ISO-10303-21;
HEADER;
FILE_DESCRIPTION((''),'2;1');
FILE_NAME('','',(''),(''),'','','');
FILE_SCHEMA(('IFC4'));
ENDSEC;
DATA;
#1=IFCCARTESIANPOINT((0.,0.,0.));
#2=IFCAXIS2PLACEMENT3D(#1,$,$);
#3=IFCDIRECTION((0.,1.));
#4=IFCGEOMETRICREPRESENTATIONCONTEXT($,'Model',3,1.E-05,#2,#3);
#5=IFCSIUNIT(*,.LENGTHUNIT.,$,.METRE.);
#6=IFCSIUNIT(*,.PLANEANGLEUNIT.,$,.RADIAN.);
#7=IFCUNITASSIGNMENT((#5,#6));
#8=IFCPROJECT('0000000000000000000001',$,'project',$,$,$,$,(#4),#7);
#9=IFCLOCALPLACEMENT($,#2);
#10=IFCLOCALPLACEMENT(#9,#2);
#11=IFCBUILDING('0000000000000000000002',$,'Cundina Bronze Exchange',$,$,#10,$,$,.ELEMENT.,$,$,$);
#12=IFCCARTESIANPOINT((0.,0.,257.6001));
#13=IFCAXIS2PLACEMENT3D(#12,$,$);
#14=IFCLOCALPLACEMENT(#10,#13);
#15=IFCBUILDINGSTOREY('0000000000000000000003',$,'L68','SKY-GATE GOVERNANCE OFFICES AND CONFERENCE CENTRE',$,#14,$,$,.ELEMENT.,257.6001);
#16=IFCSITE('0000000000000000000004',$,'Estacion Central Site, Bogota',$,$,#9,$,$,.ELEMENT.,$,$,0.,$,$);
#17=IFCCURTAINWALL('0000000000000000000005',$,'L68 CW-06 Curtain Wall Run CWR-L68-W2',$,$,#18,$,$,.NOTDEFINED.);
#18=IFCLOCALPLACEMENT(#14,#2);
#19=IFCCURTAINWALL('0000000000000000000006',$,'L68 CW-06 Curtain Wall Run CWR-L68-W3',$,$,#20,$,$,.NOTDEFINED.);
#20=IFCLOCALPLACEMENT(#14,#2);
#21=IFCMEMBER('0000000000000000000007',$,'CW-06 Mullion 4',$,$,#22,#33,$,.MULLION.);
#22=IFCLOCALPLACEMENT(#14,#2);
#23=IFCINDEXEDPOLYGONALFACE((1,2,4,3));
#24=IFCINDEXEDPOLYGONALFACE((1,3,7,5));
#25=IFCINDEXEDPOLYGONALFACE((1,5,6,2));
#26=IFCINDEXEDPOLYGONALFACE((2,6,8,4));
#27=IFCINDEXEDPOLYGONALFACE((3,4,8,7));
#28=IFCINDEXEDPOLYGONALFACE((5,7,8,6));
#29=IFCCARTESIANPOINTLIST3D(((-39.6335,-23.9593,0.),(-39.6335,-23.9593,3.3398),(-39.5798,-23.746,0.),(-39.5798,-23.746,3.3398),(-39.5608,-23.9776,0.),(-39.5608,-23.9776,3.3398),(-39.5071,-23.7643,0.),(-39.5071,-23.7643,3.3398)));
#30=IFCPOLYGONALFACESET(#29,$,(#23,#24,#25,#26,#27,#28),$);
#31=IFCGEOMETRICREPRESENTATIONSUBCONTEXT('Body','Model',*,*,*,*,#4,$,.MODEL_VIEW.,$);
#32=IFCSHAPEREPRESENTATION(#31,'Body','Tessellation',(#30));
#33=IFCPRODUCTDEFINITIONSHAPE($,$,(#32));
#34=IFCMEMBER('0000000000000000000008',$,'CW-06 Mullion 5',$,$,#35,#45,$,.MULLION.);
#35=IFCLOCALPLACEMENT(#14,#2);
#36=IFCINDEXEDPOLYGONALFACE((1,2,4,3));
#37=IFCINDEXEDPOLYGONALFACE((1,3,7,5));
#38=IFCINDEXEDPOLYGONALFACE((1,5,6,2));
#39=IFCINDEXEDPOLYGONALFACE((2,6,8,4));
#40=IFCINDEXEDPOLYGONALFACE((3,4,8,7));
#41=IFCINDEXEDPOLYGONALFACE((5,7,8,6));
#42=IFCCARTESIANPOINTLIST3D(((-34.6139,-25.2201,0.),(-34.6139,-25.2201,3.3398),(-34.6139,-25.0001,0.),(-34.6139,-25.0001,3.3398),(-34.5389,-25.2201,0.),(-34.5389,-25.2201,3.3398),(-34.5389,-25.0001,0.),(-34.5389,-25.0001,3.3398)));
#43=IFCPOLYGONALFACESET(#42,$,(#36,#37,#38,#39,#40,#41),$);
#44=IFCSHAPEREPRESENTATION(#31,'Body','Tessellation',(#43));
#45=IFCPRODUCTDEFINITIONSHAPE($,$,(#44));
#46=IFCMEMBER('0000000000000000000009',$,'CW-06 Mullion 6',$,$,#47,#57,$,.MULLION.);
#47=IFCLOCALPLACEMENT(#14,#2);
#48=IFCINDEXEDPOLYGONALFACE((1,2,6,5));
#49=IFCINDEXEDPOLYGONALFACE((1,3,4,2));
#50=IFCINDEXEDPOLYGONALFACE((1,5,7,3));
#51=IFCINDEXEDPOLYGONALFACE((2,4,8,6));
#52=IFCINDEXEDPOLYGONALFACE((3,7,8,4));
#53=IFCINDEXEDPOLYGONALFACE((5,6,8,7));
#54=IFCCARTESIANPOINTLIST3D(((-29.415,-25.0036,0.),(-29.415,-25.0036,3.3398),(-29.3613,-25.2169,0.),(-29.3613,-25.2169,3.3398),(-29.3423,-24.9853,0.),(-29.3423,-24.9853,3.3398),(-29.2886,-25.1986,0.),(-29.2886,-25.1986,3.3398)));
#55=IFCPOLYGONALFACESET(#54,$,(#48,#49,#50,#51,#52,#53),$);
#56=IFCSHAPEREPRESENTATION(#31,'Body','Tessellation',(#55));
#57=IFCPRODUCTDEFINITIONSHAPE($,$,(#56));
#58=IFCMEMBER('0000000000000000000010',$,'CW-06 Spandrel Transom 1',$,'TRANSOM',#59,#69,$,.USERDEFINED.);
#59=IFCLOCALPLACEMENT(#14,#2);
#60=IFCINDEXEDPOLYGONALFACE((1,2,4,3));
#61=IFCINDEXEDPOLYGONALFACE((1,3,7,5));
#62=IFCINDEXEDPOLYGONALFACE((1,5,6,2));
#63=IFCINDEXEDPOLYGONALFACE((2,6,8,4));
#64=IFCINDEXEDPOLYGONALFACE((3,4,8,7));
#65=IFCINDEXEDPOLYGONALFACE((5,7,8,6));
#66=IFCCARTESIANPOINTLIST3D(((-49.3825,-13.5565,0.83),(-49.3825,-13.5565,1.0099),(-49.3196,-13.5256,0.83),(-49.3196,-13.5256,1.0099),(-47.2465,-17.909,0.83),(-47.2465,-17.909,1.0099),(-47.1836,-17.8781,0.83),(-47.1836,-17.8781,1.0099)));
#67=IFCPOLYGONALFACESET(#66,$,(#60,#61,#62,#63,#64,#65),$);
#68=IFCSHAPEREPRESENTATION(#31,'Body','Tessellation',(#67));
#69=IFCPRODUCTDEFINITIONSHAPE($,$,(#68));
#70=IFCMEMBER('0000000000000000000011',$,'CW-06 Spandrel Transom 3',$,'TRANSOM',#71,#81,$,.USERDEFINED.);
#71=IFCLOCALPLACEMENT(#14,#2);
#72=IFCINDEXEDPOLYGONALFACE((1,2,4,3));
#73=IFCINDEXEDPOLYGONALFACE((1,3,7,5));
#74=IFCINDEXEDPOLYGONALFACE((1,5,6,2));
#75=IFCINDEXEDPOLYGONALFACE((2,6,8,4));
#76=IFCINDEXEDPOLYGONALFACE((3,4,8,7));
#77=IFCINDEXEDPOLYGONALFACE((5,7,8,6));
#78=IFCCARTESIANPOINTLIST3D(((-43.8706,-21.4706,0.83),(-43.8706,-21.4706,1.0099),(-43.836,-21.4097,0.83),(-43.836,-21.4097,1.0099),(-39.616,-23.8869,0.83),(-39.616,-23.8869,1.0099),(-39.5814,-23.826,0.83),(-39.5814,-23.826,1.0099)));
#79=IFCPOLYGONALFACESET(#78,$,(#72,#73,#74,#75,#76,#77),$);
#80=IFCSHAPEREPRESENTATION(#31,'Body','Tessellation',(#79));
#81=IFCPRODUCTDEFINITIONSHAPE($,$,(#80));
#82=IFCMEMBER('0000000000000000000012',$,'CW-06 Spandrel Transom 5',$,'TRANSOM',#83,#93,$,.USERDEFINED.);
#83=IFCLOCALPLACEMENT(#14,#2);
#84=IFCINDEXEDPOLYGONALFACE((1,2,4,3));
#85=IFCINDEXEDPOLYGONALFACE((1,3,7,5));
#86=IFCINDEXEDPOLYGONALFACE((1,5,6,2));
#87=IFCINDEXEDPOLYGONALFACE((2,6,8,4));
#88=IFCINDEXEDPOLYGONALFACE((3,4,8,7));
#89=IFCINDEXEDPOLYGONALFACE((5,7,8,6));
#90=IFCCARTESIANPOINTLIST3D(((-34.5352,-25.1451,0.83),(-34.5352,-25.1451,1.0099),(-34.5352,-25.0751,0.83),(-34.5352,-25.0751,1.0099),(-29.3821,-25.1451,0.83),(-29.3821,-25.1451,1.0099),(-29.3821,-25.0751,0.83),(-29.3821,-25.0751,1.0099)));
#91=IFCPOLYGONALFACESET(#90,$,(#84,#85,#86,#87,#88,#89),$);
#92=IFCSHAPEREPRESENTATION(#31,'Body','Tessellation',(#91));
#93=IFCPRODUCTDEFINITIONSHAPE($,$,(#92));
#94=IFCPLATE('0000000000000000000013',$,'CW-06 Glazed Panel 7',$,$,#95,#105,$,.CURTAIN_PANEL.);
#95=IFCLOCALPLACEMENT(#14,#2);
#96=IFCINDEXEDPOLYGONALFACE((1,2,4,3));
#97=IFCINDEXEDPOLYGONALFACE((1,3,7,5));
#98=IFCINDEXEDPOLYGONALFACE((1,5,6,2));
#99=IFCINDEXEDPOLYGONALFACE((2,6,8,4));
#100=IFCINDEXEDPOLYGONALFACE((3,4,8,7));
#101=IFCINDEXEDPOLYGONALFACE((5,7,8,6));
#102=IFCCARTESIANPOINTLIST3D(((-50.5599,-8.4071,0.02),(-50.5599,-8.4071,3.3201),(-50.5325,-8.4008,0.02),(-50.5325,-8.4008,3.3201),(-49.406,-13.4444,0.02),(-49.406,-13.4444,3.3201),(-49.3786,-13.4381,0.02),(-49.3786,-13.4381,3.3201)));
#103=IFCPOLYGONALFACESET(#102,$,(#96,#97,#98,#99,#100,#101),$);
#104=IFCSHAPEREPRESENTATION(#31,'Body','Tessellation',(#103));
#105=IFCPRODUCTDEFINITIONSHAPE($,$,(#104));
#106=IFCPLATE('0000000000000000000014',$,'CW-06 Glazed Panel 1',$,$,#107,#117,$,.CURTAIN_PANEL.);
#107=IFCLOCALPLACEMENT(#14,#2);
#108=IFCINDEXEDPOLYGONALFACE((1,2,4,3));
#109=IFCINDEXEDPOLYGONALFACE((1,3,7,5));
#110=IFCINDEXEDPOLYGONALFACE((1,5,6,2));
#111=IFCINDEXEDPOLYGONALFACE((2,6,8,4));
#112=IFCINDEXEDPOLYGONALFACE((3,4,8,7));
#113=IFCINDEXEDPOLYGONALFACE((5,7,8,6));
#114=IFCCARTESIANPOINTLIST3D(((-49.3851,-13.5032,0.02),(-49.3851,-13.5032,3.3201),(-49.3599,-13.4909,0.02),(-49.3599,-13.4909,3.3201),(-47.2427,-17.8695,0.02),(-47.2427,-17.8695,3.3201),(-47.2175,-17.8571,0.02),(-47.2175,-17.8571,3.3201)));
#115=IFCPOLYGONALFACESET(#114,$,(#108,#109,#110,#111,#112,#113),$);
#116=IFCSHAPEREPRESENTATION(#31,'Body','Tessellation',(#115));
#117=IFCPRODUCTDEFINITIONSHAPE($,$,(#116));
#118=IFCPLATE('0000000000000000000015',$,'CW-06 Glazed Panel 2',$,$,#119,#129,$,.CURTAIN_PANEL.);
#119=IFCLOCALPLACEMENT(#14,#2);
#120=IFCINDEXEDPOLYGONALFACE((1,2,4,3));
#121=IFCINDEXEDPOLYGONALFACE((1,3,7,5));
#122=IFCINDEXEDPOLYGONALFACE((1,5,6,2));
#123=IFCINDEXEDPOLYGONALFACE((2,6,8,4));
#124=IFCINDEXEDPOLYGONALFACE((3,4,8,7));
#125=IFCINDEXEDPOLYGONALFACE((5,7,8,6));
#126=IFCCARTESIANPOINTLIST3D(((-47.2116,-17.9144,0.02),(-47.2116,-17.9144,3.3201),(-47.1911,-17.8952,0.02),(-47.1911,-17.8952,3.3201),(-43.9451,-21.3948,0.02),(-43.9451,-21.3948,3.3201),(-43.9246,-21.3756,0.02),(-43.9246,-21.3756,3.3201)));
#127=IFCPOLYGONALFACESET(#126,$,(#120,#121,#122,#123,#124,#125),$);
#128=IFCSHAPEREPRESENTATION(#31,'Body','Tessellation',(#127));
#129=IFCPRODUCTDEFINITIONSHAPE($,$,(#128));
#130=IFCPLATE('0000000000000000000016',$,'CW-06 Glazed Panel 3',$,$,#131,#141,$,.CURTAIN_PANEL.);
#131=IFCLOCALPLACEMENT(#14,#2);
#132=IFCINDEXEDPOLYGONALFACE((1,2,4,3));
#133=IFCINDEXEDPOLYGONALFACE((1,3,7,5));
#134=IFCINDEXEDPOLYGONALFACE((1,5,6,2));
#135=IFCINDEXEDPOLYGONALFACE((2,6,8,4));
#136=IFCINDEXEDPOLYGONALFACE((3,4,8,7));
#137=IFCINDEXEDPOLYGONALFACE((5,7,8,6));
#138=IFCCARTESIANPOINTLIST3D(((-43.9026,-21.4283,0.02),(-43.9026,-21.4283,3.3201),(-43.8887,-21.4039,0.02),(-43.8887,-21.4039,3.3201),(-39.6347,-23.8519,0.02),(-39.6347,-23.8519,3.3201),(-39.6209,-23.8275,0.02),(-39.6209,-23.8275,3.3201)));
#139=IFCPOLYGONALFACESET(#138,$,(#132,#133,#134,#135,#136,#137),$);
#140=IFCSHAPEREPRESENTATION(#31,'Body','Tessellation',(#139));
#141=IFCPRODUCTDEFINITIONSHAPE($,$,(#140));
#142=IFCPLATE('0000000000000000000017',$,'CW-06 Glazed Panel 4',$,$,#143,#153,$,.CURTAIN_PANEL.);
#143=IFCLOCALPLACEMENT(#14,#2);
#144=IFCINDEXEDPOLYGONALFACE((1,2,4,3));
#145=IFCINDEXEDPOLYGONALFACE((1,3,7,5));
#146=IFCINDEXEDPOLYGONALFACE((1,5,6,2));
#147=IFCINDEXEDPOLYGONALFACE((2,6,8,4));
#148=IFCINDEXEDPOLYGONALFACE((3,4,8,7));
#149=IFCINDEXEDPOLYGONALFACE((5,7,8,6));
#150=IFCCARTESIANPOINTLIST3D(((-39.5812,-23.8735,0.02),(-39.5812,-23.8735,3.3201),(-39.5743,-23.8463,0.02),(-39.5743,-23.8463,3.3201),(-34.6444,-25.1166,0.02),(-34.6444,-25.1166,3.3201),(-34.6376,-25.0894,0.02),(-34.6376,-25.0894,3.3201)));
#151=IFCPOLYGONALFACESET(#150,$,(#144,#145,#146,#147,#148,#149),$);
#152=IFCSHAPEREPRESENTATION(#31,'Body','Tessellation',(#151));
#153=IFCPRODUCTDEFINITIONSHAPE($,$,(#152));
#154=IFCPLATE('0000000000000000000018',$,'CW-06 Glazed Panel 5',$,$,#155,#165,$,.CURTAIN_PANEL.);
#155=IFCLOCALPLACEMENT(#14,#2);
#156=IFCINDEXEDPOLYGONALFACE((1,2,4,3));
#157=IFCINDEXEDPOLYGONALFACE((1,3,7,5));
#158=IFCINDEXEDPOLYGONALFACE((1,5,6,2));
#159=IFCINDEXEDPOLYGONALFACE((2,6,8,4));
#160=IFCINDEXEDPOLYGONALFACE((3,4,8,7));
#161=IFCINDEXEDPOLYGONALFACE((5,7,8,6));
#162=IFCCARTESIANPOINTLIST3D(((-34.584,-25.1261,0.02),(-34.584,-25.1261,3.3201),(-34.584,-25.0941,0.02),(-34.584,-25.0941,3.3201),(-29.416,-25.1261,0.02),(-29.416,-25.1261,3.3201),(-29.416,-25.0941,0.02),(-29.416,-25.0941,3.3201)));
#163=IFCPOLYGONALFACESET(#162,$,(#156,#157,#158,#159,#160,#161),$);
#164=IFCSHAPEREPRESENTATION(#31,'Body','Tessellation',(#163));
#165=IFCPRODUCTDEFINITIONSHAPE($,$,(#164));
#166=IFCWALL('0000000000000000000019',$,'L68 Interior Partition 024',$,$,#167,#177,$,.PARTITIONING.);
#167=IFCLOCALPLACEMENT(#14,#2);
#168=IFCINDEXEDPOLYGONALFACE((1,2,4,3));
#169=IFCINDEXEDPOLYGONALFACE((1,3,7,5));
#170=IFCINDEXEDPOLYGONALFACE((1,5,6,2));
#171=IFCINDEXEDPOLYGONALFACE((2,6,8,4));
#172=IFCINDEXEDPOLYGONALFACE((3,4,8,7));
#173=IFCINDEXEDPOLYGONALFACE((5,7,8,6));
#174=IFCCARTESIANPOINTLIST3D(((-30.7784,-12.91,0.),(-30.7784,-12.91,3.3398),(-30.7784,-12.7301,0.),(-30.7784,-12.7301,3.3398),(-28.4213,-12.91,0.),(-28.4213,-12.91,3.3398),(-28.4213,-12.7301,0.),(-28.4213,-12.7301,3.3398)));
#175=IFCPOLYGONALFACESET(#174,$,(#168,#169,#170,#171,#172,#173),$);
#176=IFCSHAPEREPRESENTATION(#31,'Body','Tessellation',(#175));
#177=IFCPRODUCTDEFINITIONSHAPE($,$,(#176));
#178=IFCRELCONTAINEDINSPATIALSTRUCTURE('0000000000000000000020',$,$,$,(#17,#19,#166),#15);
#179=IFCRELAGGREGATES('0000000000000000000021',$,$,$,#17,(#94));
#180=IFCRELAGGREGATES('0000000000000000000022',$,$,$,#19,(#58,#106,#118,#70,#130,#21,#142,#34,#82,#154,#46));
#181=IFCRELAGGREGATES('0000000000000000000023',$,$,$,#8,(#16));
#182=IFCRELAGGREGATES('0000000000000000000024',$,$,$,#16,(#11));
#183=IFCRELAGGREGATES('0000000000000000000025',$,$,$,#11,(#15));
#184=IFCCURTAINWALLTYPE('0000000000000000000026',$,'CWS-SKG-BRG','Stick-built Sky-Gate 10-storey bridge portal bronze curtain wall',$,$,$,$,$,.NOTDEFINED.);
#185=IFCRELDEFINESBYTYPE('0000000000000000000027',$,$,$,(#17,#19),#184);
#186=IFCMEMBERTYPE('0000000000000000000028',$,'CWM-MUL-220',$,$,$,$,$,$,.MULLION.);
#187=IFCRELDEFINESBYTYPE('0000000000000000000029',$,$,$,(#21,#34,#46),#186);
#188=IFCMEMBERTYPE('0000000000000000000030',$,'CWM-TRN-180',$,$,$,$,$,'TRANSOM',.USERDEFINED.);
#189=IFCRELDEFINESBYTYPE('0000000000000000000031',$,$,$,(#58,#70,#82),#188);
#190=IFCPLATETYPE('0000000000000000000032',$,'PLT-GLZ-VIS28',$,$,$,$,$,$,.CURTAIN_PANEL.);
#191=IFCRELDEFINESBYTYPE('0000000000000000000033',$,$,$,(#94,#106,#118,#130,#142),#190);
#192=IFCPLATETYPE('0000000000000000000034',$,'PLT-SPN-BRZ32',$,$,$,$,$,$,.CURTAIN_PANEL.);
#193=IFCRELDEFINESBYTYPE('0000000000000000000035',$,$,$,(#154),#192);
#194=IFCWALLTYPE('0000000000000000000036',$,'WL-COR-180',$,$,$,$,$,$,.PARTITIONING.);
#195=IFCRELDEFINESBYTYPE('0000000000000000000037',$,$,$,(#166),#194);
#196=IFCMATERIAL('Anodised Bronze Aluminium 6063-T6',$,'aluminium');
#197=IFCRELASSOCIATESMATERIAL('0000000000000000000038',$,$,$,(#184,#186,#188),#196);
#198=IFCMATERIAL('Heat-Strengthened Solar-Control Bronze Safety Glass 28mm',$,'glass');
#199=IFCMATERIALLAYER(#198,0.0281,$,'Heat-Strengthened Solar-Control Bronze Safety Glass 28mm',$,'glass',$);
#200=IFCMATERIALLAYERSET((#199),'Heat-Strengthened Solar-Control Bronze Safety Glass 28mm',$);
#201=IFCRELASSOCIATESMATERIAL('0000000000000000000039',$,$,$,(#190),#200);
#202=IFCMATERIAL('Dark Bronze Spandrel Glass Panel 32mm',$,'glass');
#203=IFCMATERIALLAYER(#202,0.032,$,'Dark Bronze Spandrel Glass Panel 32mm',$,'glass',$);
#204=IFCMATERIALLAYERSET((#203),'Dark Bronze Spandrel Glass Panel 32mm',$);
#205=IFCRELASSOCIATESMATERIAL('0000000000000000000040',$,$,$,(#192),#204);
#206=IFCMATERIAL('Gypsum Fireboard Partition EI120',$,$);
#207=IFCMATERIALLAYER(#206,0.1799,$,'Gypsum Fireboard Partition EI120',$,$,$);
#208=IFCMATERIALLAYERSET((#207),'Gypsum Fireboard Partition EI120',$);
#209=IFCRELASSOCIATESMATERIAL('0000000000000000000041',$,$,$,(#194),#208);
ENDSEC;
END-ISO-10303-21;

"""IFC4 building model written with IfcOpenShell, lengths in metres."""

from ifc_helpers import new_model, si_unit, direction, frame, frame_2d, origin, origin_2d, place, context, subcontext, project, spatial, rectangle, extrude, material, layer, layer_set, material_profile, profile_set, type_object, element, aggregate, save


model = new_model("IFC4")

# Units and contexts
model_context = context("Model", 3, precision=1e-05, world=origin(), true_north=direction((0.0, 1.0)))
body_context = subcontext(model_context, "Body", "Model", "MODEL_VIEW")
ifc_project = project(units=[si_unit("LENGTHUNIT", "METRE"), si_unit("PLANEANGLEUNIT", "RADIAN")], contexts=[model_context])

# Site, building, storey
site_placement = place(None, origin())
site = spatial("IfcSite", under=ifc_project, at=site_placement, Name="Estacion Central Site, Bogota", CompositionType="ELEMENT", RefElevation=0.0)
building_placement = place(site_placement, origin())
building = spatial("IfcBuilding", under=site, at=building_placement, Name="Cundina Bronze Exchange", CompositionType="ELEMENT")
storey_placement = place(building_placement, frame((0.0, 0.0, 257.6001)))
storey = spatial("IfcBuildingStorey", under=building, at=storey_placement, Name="L68", Description="SKY-GATE GOVERNANCE OFFICES AND CONFERENCE CENTRE", CompositionType="ELEMENT", Elevation=257.6001)

# Curtain wall
ifc_material_1 = material(Name="Anodised Bronze Aluminium 6063-T6", Category="aluminium")
curtain_wall_type = type_object("IfcCurtainWallType", Name="CWS-SKG-BRG", Description="Stick-built Sky-Gate 10-storey bridge portal bronze curtain wall", PredefinedType="NOTDEFINED", material=ifc_material_1)
curtain_wall_1_placement = place(storey_placement, origin())
curtain_wall_1 = element("IfcCurtainWall", 1, at=curtain_wall_1_placement, inside=storey, type_object=curtain_wall_type, Name="L68 CW-06 Curtain Wall Run CWR-L68-W2", PredefinedType="NOTDEFINED")
ifc_material_profile_1 = material_profile(ifc_material_1, rectangle(XDim=0.075, YDim=0.22, at=origin_2d()), Name="AL75X220", Category="aluminium")
ifc_profile_set_1 = profile_set([ifc_material_profile_1], Name="Anodised Bronze Aluminium 6063-T6")
member_type_1 = type_object("IfcMemberType", Name="CWM-MUL-220", PredefinedType="MULLION", material=ifc_profile_set_1)

# Curtain wall, members
curtain_wall_2_placement = place(storey_placement, origin())
curtain_wall_2 = element("IfcCurtainWall", 2, at=curtain_wall_2_placement, inside=storey, type_object=curtain_wall_type, Name="L68 CW-06 Curtain Wall Run CWR-L68-W3", PredefinedType="NOTDEFINED")
member_1_placement = place(storey_placement, frame((-39.5703, -23.8618, 0.0), z_axis=(0.0, 0.0, 1.0), x_axis=(0.969744, -0.244123, 0.0)))
member_1 = element("IfcMember", 3, at=member_1_placement, type_object=member_type_1, Name="CW-06 Mullion 4", PredefinedType="MULLION", context=body_context, shape_type="SweptSolid", body=[
    extrude(rectangle(XDim=0.075, YDim=0.22, at=origin_2d()), origin(), (0.0, 0.0, 1.0), 3.3398),
])
member_2_placement = place(storey_placement, frame((-34.5764, -25.1101, 0.0), z_axis=(0.0, 0.0, 1.0), x_axis=(1.0, 0.0, 0.0)))
member_2 = element("IfcMember", 4, at=member_2_placement, type_object=member_type_1, Name="CW-06 Mullion 5", PredefinedType="MULLION", context=body_context, shape_type="SweptSolid", body=[
    extrude(rectangle(XDim=0.075, YDim=0.22, at=origin_2d()), origin(), (0.0, 0.0, 1.0), 3.3398),
])
member_3_placement = place(storey_placement, frame((-29.3518, -25.1011, 0.0), z_axis=(0.0, 0.0, 1.0), x_axis=(0.969744, 0.244123, 0.0)))
member_3 = element("IfcMember", 5, at=member_3_placement, type_object=member_type_1, Name="CW-06 Mullion 6", PredefinedType="MULLION", context=body_context, shape_type="SweptSolid", body=[
    extrude(rectangle(XDim=0.075, YDim=0.22, at=origin_2d()), origin(), (0.0, 0.0, 1.0), 3.3398),
])
ifc_material_profile_2 = material_profile(ifc_material_1, rectangle(XDim=0.0701, YDim=0.1799, at=origin_2d()), Name="AL70X180", Category="aluminium")
ifc_profile_set_2 = profile_set([ifc_material_profile_2], Name="Anodised Bronze Aluminium 6063-T6")
member_type_2 = type_object("IfcMemberType", Name="CWM-TRN-180", ElementType="TRANSOM", PredefinedType="USERDEFINED", material=ifc_profile_set_2)
member_4_placement = place(storey_placement, frame((-49.3511, -13.541, 0.9199), z_axis=(0.440554, -0.897726, 0.0), x_axis=(0.897726, 0.440554, 0.0)))
member_4 = element("IfcMember", 6, at=member_4_placement, type_object=member_type_2, Name="CW-06 Spandrel Transom 1", ObjectType="TRANSOM", PredefinedType="USERDEFINED", context=body_context, shape_type="SweptSolid", body=[
    extrude(rectangle(XDim=0.0701, YDim=0.1799, at=origin_2d()), origin(), (0.0, 0.0, 1.0), 4.8484),
])
member_5_placement = place(storey_placement, frame((-43.8533, -21.4402, 0.9199), z_axis=(0.869557, -0.493832, 0.0), x_axis=(0.493832, 0.869557, 0.0)))
member_5 = element("IfcMember", 7, at=member_5_placement, type_object=member_type_2, Name="CW-06 Spandrel Transom 3", ObjectType="TRANSOM", PredefinedType="USERDEFINED", context=body_context, shape_type="SweptSolid", body=[
    extrude(rectangle(XDim=0.0701, YDim=0.1799, at=origin_2d()), origin(), (0.0, 0.0, 1.0), 4.8928),
])
member_6_placement = place(storey_placement, frame((-34.5352, -25.1101, 0.9199), z_axis=(1.0, 0.0, 0.0), x_axis=(0.0, 1.0, 0.0)))
member_6 = element("IfcMember", 8, at=member_6_placement, type_object=member_type_2, Name="CW-06 Spandrel Transom 5", ObjectType="TRANSOM", PredefinedType="USERDEFINED", context=body_context, shape_type="SweptSolid", body=[
    extrude(rectangle(XDim=0.0701, YDim=0.1799, at=origin_2d()), origin(), (0.0, 0.0, 1.0), 5.1531),
])

# Plates
ifc_material_2 = material(Name="Heat-Strengthened Solar-Control Bronze Safety Glass 28mm", Category="glass")
ifc_layer_1 = layer(ifc_material_2, 0.0281, Name="Heat-Strengthened Solar-Control Bronze Safety Glass 28mm", Category="glass")
ifc_layer_set_1 = layer_set([ifc_layer_1], Name="Heat-Strengthened Solar-Control Bronze Safety Glass 28mm")
plate_type_1 = type_object("IfcPlateType", Name="PLT-GLZ-VIS28", PredefinedType="CURTAIN_PANEL", material=ifc_layer_set_1)
plate_1_placement = place(storey_placement, frame((-49.9692, -10.9226, 0.02), z_axis=(0.0, 0.0, 1.0), x_axis=(0.223284, -0.974753, 0.0)))
plate_1 = element("IfcPlate", 9, at=plate_1_placement, type_object=plate_type_1, Name="CW-06 Glazed Panel 7", PredefinedType="CURTAIN_PANEL", context=body_context, shape_type="SweptSolid", body=[
    extrude(rectangle(XDim=5.1677, YDim=0.0281, at=origin_2d()), origin(), (0.0, 0.0, 1.0), 3.3),
])
aggregate(curtain_wall_1, [plate_1])
plate_2_placement = place(storey_placement, frame((-48.3013, -15.6802, 0.02), z_axis=(0.0, 0.0, 1.0), x_axis=(0.440503, -0.897751, 0.0)))
plate_2 = element("IfcPlate", 10, at=plate_2_placement, type_object=plate_type_1, Name="CW-06 Glazed Panel 1", PredefinedType="CURTAIN_PANEL", context=body_context, shape_type="SweptSolid", body=[
    extrude(rectangle(XDim=4.8635, YDim=0.0281, at=origin_2d()), origin(), (0.0, 0.0, 1.0), 3.3),
])
plate_3_placement = place(storey_placement, frame((-45.5681, -19.645, 0.02), z_axis=(0.0, 0.0, 1.0), x_axis=(0.684344, -0.72916, 0.0)))
plate_3 = element("IfcPlate", 11, at=plate_3_placement, type_object=plate_type_1, Name="CW-06 Glazed Panel 2", PredefinedType="CURTAIN_PANEL", context=body_context, shape_type="SweptSolid", body=[
    extrude(rectangle(XDim=4.7732, YDim=0.0281, at=origin_2d()), origin(), (0.0, 0.0, 1.0), 3.3),
])
plate_4_placement = place(storey_placement, frame((-41.7617, -22.6279, 0.02), z_axis=(0.0, 0.0, 1.0), x_axis=(0.869573, -0.493805, 0.0)))
plate_4 = element("IfcPlate", 12, at=plate_4_placement, type_object=plate_type_1, Name="CW-06 Glazed Panel 3", PredefinedType="CURTAIN_PANEL", context=body_context, shape_type="SweptSolid", body=[
    extrude(rectangle(XDim=4.908, YDim=0.0281, at=origin_2d()), origin(), (0.0, 0.0, 1.0), 3.3),
])
plate_5_placement = place(storey_placement, frame((-37.1094, -24.4814, 0.02), z_axis=(0.0, 0.0, 1.0), x_axis=(0.969732, -0.244174, 0.0)))
plate_5 = element("IfcPlate", 13, at=plate_5_placement, type_object=plate_type_1, Name="CW-06 Glazed Panel 4", PredefinedType="CURTAIN_PANEL", context=body_context, shape_type="SweptSolid", body=[
    extrude(rectangle(XDim=5.0908, YDim=0.0281, at=origin_2d()), origin(), (0.0, 0.0, 1.0), 3.3),
])
ifc_material_3 = material(Name="Dark Bronze Spandrel Glass Panel 32mm", Category="glass")
ifc_layer_2 = layer(ifc_material_3, 0.032, Name="Dark Bronze Spandrel Glass Panel 32mm", Category="glass")
ifc_layer_set_2 = layer_set([ifc_layer_2], Name="Dark Bronze Spandrel Glass Panel 32mm")
plate_type_2 = type_object("IfcPlateType", Name="PLT-SPN-BRZ32", PredefinedType="CURTAIN_PANEL", material=ifc_layer_set_2)
plate_6_placement = place(storey_placement, frame((-32.0, -25.1101, 0.02), z_axis=(0.0, 0.0, 1.0), x_axis=(1.0, 0.0, 0.0)))
plate_6 = element("IfcPlate", 14, at=plate_6_placement, type_object=plate_type_2, Name="CW-06 Glazed Panel 5", PredefinedType="CURTAIN_PANEL", context=body_context, shape_type="SweptSolid", body=[
    extrude(rectangle(XDim=5.168, YDim=0.032, at=origin_2d()), origin(), (0.0, 0.0, 1.0), 3.3),
])
aggregate(curtain_wall_2, [member_4, plate_2, plate_3, member_5, plate_4, member_1, plate_5, member_2, member_6, plate_6, member_3])

# Shared definitions
ifc_material_4 = material(Name="Gypsum Fireboard Partition EI120")
ifc_layer_3 = layer(ifc_material_4, 0.1799, Name="Gypsum Fireboard Partition EI120")
ifc_layer_set_3 = layer_set([ifc_layer_3], Name="Gypsum Fireboard Partition EI120")
wall_type_1 = type_object("IfcWallType", Name="WL-COR-180", PredefinedType="PARTITIONING", material=ifc_layer_set_3)

# Wall
wall_1_placement = place(storey_placement, frame((-30.7786, -12.8201, 0.0), z_axis=(0.0, 0.0, 1.0), x_axis=(1.0, 0.0, 0.0)))
element("IfcWall", 15, at=wall_1_placement, inside=storey, type_object=wall_type_1, Name="L68 Interior Partition 024", PredefinedType="PARTITIONING", context=body_context, shape_type="SweptSolid", body=[
    extrude(rectangle(XDim=2.3572, YDim=0.1799, at=frame_2d((1.1787, 0.0))), origin(), (0.0, 0.0, 1.0), 3.3398),
])

save(model, "model.ifc")
